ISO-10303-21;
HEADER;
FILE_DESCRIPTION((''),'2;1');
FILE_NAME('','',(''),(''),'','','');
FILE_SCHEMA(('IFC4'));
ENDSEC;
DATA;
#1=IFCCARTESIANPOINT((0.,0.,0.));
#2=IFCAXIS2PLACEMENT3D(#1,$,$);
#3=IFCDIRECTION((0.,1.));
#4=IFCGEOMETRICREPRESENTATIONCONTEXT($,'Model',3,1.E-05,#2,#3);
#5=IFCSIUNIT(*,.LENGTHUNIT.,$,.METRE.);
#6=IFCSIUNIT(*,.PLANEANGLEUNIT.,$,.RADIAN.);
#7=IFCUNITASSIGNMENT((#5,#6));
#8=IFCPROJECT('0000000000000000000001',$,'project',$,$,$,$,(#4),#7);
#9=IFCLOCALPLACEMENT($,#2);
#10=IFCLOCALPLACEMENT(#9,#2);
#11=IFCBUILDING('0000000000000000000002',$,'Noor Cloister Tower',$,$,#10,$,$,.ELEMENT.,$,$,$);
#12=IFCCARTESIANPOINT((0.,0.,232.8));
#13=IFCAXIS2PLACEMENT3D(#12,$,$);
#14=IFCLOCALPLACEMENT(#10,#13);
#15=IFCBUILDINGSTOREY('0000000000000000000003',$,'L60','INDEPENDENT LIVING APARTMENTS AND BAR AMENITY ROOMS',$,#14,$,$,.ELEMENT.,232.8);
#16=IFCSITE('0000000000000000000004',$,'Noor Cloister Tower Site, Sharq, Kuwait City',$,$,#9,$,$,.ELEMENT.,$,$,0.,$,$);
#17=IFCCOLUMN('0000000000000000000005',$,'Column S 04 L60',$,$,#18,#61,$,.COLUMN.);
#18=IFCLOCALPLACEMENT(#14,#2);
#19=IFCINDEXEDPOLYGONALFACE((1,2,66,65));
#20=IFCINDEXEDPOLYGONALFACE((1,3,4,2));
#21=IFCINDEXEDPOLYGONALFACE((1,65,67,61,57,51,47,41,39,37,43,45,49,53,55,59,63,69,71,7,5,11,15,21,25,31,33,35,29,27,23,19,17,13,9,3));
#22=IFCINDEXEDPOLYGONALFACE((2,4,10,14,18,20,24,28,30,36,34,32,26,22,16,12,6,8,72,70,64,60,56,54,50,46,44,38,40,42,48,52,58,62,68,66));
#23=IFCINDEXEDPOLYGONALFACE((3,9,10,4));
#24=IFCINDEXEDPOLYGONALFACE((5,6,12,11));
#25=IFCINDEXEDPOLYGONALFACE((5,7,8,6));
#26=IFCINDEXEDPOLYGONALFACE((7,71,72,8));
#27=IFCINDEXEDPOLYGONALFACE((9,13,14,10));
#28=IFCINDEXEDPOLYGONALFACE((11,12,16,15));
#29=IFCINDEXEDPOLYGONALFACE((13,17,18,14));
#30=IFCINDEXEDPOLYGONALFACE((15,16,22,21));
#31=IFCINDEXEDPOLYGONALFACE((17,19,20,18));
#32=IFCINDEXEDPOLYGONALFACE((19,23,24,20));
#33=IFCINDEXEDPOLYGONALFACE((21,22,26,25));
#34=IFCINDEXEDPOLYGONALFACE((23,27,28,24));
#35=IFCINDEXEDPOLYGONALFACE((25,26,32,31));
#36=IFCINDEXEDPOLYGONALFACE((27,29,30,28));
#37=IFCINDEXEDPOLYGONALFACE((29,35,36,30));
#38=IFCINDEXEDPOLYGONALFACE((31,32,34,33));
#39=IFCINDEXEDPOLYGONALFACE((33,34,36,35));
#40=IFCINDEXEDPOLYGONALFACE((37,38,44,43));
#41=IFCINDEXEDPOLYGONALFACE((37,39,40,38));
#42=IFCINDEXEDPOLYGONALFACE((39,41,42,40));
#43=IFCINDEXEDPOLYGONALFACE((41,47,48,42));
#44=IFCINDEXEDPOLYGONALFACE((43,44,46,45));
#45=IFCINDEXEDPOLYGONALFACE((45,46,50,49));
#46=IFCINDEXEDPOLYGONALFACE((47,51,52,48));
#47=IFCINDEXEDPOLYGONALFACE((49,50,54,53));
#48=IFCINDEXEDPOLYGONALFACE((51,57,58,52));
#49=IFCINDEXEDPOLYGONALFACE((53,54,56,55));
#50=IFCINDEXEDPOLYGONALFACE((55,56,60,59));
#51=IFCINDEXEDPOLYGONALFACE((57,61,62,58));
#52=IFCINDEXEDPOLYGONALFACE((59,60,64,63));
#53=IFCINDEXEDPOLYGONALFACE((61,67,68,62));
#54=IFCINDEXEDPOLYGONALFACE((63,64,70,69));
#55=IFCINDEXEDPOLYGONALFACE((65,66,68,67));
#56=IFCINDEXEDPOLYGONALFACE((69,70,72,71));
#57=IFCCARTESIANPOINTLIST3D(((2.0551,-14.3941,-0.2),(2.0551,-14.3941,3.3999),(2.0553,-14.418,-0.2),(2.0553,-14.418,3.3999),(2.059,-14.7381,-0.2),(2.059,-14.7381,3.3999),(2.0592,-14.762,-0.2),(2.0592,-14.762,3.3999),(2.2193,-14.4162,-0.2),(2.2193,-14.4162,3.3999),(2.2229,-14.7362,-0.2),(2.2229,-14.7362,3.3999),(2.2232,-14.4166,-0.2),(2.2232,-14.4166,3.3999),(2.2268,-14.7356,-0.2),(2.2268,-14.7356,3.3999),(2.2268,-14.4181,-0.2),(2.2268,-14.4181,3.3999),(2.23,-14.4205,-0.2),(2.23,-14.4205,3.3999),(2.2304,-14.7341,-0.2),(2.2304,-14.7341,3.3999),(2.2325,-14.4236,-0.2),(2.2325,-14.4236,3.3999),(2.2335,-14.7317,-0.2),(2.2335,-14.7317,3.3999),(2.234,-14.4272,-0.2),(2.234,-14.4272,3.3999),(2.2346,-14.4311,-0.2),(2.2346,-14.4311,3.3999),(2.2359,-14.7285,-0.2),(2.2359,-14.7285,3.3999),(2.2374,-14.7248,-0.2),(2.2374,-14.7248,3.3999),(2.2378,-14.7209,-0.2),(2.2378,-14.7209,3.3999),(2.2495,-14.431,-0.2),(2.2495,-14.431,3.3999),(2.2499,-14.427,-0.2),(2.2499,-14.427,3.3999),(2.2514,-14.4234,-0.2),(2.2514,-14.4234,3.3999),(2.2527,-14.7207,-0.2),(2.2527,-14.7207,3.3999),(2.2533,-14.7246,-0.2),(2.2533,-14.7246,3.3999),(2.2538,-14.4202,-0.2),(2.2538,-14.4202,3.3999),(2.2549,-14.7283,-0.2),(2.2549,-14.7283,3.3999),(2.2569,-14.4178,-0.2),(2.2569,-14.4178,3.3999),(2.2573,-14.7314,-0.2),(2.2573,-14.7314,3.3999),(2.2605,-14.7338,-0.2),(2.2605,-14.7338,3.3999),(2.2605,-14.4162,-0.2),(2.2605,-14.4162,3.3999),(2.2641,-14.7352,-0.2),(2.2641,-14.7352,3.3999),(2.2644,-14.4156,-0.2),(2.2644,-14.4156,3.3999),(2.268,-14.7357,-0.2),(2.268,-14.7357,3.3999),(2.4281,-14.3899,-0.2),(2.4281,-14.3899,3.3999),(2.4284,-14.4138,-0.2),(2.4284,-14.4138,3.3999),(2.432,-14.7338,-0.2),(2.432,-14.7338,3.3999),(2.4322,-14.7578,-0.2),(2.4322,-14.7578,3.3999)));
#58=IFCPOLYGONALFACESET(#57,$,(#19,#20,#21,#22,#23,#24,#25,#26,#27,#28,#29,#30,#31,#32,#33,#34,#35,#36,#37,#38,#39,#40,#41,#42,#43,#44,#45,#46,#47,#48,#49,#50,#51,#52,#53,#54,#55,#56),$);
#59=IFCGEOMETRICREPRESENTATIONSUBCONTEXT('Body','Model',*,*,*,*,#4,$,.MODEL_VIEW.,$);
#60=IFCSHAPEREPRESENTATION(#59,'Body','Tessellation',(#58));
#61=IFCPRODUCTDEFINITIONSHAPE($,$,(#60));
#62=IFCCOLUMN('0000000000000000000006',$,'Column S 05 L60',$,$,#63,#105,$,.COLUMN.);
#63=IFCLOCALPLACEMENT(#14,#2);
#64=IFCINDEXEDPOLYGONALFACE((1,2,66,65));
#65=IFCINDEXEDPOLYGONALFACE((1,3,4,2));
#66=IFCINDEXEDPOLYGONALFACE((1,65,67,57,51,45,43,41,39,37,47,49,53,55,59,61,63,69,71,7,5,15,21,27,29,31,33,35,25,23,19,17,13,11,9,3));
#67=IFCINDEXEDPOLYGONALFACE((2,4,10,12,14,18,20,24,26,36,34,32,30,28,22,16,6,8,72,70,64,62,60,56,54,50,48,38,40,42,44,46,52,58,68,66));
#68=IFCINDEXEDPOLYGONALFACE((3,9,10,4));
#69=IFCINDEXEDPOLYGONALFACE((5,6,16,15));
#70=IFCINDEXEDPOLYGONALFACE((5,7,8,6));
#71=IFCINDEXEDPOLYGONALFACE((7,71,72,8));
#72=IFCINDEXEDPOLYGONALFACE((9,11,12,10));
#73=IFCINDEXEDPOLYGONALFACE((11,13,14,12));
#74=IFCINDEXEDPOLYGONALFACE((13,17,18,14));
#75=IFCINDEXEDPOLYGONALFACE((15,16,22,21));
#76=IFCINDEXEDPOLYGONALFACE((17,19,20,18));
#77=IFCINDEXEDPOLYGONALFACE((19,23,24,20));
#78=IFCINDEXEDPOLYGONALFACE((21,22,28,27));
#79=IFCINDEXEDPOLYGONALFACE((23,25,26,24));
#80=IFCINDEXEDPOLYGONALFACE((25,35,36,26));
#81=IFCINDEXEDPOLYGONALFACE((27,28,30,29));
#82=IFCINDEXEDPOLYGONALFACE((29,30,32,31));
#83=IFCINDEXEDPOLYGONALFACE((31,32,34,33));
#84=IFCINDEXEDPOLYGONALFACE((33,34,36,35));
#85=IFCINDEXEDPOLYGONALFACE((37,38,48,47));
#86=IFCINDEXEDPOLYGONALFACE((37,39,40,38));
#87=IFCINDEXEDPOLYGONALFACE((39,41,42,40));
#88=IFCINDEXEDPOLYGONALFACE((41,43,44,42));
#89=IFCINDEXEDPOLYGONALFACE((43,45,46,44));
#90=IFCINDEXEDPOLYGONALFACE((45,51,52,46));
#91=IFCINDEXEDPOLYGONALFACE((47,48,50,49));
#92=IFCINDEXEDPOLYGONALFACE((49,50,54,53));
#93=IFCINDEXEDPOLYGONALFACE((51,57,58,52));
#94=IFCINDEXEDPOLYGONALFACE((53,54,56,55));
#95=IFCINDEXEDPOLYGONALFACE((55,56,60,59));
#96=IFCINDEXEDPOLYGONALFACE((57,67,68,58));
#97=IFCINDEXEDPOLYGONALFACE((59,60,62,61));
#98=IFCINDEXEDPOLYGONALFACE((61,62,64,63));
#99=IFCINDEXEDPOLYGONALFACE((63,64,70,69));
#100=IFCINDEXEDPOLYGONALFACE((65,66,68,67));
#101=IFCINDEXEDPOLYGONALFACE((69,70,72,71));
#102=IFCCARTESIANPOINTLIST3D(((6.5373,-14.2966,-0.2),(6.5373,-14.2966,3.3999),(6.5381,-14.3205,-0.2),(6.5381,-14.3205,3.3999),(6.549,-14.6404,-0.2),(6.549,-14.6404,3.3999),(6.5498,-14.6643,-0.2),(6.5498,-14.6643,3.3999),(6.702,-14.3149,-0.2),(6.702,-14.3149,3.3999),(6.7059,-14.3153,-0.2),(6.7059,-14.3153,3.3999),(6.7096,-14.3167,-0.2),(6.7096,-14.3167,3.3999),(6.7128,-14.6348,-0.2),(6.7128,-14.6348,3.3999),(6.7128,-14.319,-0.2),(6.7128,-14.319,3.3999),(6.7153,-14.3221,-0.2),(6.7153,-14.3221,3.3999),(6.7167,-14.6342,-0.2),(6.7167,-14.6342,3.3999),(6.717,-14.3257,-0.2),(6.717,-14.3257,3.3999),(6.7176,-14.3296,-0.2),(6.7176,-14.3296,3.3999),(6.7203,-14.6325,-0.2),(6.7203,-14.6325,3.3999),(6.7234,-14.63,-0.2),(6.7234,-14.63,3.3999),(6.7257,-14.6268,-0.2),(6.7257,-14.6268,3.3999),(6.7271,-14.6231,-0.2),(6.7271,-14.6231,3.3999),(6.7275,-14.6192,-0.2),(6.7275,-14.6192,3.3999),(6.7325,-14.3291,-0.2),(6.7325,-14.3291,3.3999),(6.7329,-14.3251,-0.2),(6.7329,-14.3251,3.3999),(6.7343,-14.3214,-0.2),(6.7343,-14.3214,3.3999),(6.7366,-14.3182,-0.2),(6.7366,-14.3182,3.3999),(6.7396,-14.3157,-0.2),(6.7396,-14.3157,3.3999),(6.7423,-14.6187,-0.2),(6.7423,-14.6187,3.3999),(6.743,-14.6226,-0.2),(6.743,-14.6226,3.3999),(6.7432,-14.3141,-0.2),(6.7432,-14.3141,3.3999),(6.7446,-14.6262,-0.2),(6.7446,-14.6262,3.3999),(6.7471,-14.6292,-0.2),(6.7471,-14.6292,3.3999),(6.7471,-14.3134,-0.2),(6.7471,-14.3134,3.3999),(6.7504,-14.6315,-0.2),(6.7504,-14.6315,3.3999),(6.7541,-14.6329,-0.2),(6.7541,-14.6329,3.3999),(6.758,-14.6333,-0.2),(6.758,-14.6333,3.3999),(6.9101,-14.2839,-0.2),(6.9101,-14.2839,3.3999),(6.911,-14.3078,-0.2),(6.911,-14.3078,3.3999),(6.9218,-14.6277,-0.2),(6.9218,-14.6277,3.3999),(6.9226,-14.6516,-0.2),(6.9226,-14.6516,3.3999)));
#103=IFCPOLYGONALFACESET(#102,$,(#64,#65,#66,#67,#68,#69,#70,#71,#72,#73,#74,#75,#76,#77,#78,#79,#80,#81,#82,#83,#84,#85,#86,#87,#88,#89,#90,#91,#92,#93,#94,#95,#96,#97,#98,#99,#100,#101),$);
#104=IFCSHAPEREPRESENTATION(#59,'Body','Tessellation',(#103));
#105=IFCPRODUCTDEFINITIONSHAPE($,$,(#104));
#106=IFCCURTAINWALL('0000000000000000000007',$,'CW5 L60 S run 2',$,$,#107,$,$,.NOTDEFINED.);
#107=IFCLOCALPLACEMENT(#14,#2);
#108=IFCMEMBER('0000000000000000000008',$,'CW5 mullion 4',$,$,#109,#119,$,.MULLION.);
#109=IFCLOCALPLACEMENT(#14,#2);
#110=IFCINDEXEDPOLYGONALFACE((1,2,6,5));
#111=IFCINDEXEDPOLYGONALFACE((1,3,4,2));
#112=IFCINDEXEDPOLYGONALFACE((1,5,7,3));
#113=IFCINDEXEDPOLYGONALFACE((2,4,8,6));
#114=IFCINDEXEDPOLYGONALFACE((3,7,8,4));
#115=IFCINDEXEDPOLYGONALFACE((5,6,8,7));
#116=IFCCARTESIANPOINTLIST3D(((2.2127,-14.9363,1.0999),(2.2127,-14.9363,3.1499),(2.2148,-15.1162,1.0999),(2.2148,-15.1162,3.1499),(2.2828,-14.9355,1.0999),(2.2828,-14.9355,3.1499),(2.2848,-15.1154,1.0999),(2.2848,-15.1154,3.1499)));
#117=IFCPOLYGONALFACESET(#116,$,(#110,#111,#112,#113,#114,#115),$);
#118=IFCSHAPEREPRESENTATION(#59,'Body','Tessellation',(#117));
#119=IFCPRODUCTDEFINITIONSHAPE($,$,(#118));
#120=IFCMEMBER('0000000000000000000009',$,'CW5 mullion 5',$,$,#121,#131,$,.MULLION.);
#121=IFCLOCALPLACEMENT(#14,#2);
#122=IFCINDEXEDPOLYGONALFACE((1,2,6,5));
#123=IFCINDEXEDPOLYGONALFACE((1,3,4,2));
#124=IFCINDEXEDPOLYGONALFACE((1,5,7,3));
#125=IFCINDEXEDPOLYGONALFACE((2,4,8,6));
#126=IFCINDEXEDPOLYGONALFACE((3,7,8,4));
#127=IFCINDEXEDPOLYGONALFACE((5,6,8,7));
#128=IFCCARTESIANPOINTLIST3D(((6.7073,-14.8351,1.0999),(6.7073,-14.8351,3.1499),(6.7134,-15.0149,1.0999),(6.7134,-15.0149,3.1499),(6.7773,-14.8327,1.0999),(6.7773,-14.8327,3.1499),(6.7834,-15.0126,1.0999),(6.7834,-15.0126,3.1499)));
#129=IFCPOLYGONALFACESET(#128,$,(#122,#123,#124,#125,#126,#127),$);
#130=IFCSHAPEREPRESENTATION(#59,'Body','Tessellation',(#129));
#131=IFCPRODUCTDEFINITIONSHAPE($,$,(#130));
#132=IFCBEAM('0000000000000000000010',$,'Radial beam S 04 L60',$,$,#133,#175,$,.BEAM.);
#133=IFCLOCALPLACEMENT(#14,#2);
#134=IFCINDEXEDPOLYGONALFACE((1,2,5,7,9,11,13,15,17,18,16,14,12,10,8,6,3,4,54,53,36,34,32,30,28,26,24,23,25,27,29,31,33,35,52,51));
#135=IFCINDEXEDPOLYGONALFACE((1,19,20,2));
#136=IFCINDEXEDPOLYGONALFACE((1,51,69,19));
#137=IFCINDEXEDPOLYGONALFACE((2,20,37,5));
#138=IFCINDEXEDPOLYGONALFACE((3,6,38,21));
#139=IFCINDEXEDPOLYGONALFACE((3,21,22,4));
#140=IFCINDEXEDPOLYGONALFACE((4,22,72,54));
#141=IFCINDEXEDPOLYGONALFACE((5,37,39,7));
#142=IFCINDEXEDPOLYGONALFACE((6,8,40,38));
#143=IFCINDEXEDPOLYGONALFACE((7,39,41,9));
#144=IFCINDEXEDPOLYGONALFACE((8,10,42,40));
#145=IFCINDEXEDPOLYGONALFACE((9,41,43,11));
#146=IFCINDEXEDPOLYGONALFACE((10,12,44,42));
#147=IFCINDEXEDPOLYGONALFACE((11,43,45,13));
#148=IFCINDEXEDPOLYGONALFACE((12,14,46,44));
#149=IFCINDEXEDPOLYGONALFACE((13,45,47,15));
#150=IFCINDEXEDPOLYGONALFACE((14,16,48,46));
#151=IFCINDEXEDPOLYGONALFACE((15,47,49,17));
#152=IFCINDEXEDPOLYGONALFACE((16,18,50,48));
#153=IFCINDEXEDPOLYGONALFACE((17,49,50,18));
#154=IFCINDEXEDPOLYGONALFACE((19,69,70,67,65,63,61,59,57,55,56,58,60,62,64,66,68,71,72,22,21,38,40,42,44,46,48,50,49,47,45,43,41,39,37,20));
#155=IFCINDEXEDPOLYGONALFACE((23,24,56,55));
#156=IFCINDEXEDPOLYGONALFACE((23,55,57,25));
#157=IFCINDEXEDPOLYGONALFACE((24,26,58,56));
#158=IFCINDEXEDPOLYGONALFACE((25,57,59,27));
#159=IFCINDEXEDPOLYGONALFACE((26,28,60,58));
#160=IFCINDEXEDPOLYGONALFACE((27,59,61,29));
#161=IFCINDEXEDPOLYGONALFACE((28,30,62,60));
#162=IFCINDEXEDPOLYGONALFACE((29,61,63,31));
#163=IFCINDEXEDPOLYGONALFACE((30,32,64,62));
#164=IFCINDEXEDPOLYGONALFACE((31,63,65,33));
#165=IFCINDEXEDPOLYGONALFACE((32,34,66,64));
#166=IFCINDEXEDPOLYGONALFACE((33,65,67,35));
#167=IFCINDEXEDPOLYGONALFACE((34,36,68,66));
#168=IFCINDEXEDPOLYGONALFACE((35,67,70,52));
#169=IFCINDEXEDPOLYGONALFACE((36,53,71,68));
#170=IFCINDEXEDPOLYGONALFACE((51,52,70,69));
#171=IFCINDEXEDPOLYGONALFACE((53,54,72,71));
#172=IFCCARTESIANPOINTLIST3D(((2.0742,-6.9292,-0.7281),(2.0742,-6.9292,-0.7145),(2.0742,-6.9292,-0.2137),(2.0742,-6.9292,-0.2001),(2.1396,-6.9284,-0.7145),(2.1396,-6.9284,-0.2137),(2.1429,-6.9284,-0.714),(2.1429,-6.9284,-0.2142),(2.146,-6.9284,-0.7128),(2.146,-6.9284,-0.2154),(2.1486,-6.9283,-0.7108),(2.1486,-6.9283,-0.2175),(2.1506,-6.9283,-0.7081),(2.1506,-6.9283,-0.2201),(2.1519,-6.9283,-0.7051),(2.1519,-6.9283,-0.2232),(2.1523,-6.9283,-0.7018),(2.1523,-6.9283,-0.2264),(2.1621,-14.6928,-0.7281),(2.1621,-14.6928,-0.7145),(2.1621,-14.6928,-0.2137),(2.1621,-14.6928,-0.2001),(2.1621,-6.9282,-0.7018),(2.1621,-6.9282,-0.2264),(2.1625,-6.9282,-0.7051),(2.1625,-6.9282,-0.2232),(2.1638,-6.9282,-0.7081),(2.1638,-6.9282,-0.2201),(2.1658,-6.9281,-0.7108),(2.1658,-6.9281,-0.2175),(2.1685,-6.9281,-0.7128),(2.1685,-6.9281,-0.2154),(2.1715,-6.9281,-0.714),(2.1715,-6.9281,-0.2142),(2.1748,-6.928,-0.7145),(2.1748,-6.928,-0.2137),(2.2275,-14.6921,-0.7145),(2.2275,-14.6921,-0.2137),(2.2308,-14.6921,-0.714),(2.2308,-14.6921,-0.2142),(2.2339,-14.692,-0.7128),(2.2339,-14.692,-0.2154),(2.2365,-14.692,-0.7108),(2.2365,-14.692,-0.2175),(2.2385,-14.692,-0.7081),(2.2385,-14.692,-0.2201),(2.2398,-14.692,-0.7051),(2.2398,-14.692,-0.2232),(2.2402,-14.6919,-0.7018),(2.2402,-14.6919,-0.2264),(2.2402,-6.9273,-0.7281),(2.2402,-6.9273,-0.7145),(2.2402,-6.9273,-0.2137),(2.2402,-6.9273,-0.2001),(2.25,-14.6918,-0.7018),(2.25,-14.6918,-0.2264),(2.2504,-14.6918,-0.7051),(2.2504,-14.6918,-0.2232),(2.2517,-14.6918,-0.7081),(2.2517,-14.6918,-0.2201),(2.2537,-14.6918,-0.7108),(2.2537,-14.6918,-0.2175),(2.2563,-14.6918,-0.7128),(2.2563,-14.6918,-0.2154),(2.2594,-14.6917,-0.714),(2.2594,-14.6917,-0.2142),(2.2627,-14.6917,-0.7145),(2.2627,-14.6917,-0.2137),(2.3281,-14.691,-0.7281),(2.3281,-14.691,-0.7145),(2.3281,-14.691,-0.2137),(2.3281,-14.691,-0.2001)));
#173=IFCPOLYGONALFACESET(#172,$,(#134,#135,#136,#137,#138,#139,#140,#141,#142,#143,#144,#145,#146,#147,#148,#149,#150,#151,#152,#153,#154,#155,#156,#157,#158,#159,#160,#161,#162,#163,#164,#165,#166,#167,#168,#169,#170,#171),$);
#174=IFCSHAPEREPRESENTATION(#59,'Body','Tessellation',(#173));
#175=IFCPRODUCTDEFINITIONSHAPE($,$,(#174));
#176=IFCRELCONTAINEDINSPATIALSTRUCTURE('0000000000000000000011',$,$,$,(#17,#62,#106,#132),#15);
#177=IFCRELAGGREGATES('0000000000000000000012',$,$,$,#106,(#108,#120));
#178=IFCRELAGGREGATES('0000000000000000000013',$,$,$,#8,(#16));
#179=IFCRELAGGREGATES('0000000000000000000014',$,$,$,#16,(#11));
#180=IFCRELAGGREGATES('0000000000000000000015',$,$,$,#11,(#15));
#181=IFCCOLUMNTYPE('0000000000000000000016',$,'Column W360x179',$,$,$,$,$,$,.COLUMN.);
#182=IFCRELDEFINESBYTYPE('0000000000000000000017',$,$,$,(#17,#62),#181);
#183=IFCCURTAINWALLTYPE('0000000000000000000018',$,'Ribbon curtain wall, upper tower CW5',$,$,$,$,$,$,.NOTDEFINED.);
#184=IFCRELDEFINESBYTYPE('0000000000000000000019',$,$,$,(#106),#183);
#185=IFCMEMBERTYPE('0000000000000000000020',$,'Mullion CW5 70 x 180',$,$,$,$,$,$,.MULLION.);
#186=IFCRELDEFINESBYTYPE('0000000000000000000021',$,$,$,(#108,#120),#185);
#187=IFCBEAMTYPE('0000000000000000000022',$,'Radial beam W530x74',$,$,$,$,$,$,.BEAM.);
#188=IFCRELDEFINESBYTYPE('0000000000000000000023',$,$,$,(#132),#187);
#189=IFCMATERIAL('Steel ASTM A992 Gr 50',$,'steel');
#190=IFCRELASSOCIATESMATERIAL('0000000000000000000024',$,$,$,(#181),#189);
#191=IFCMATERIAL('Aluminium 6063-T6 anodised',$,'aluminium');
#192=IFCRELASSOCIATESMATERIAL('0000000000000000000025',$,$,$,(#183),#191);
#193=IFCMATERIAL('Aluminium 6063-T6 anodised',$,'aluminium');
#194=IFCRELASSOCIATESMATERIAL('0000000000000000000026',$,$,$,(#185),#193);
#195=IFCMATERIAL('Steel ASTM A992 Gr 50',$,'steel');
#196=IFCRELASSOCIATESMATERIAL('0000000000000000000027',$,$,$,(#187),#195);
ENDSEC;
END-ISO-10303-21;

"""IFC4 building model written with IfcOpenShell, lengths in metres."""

from ifc_helpers import new_model, si_unit, direction, frame, origin, origin_2d, place, context, subcontext, project, spatial, rectangle, i_section, extrude, material, material_profile, profile_set, type_object, element, aggregate, save


model = new_model("IFC4")

# Units and contexts
model_context = context("Model", 3, precision=1e-05, world=origin(), true_north=direction((0.0, 1.0)))
body_context = subcontext(model_context, "Body", "Model", "MODEL_VIEW")
ifc_project = project(units=[si_unit("LENGTHUNIT", "METRE"), si_unit("PLANEANGLEUNIT", "RADIAN")], contexts=[model_context])

# Site, building, storey
site_placement = place(None, origin())
site = spatial("IfcSite", under=ifc_project, at=site_placement, Name="Noor Cloister Tower Site, Sharq, Kuwait City", CompositionType="ELEMENT", RefElevation=0.0)
building_placement = place(site_placement, origin())
building = spatial("IfcBuilding", under=site, at=building_placement, Name="Noor Cloister Tower", CompositionType="ELEMENT")
storey_placement = place(building_placement, frame((0.0, 0.0, 232.8)))
storey = spatial("IfcBuildingStorey", under=building, at=storey_placement, Name="L60", Description="INDEPENDENT LIVING APARTMENTS AND BAR AMENITY ROOMS", CompositionType="ELEMENT", Elevation=232.8)

# Columns
ifc_material_1 = material(Name="Steel ASTM A992 Gr 50", Category="steel")
ifc_material_profile_1 = material_profile(ifc_material_1, i_section(OverallWidth=0.373, OverallDepth=0.3679, WebThickness=0.0149, FlangeThickness=0.0239, FilletRadius=0.0151, at=origin_2d()), Name="W360x179")
ifc_profile_set_1 = profile_set([ifc_material_profile_1], Name="Steel ASTM A992 Gr 50")
column_type = type_object("IfcColumnType", Name="Column W360x179", PredefinedType="COLUMN", material=ifc_profile_set_1)
for number, where, z_axis, x_axis, name in (
    (1, (2.2437, -14.5759, -0.2), (0.0, 0.0, 1.0), (0.999936, 0.011325, 0.0), "Column S 04 L60"),
    (2, (6.73, -14.4741, -0.2), (0.0, 0.0, 1.0), (0.999423, 0.033969, 0.0), "Column S 05 L60"),
):
    element("IfcColumn", number, at=place(storey_placement, frame(where, z_axis=z_axis, x_axis=x_axis)), inside=storey, type_object=column_type, Name=name, PredefinedType="COLUMN", context=body_context, shape_type="SweptSolid", body=[
        extrude(i_section(OverallWidth=0.373, OverallDepth=0.3679, WebThickness=0.0149, FlangeThickness=0.0239, FilletRadius=0.0151, at=origin_2d()), origin(), (0.0, 0.0, 1.0), 3.5999),
    ])

# Curtain wall, members
ifc_material_2 = material(Name="Aluminium 6063-T6 anodised", Category="aluminium")
curtain_wall_type = type_object("IfcCurtainWallType", Name="Ribbon curtain wall, upper tower CW5", PredefinedType="NOTDEFINED", material=ifc_material_2)
curtain_wall_placement = place(storey_placement, origin())
curtain_wall = element("IfcCurtainWall", 3, at=curtain_wall_placement, inside=storey, type_object=curtain_wall_type, Name="CW5 L60 S run 2", PredefinedType="NOTDEFINED")
ifc_material_3 = material(Name="Aluminium 6063-T6 anodised", Category="aluminium")
ifc_material_profile_2 = material_profile(ifc_material_3, rectangle(XDim=0.1799, YDim=0.0701, at=origin_2d()), Name="180 x 70 mullion")
ifc_profile_set_2 = profile_set([ifc_material_profile_2], Name="Aluminium 6063-T6 anodised")
member_type = type_object("IfcMemberType", Name="Mullion CW5 70 x 180", PredefinedType="MULLION", material=ifc_profile_set_2)
member_1_placement = place(storey_placement, frame((2.2488, -15.0259, 1.0999), z_axis=(0.0, 0.0, 1.0), x_axis=(-0.011325, 0.999936, 0.0)))
member_1 = element("IfcMember", 4, at=member_1_placement, type_object=member_type, Name="CW5 mullion 4", PredefinedType="MULLION", context=body_context, shape_type="SweptSolid", body=[
    extrude(rectangle(XDim=0.1799, YDim=0.0701, at=origin_2d()), origin(), (0.0, 0.0, 1.0), 2.05),
])
member_2_placement = place(storey_placement, frame((6.7454, -14.9238, 1.0999), z_axis=(0.0, 0.0, 1.0), x_axis=(-0.033969, 0.999423, 0.0)))
member_2 = element("IfcMember", 5, at=member_2_placement, type_object=member_type, Name="CW5 mullion 5", PredefinedType="MULLION", context=body_context, shape_type="SweptSolid", body=[
    extrude(rectangle(XDim=0.1799, YDim=0.0701, at=origin_2d()), origin(), (0.0, 0.0, 1.0), 2.05),
])

# Beam
ifc_material_4 = material(Name="Steel ASTM A992 Gr 50", Category="steel")
ifc_material_profile_3 = material_profile(ifc_material_4, i_section(OverallWidth=0.166, OverallDepth=0.5281, WebThickness=0.0098, FlangeThickness=0.0137, FilletRadius=0.0127, at=origin_2d()), Name="W530x74")
ifc_profile_set_3 = profile_set([ifc_material_profile_3], Name="Steel ASTM A992 Gr 50")
beam_type_1 = type_object("IfcBeamType", Name="Radial beam W530x74", PredefinedType="BEAM", material=ifc_profile_set_3)
beam_1_placement = place(storey_placement, frame((2.2451, -14.6919, -0.4641), z_axis=(-0.01132, 0.999936, 0.0), x_axis=(-0.999936, -0.01132, 0.0)))
element("IfcBeam", 6, at=beam_1_placement, inside=storey, type_object=beam_type_1, Name="Radial beam S 04 L60", PredefinedType="BEAM", context=body_context, shape_type="SweptSolid", body=[
    extrude(i_section(OverallWidth=0.166, OverallDepth=0.5281, WebThickness=0.0098, FlangeThickness=0.0137, FilletRadius=0.0127, at=origin_2d()), origin(), (0.0, 0.0, 1.0), 7.7642),
])

aggregate(curtain_wall, [member_1, member_2])

save(model, "model.ifc")
